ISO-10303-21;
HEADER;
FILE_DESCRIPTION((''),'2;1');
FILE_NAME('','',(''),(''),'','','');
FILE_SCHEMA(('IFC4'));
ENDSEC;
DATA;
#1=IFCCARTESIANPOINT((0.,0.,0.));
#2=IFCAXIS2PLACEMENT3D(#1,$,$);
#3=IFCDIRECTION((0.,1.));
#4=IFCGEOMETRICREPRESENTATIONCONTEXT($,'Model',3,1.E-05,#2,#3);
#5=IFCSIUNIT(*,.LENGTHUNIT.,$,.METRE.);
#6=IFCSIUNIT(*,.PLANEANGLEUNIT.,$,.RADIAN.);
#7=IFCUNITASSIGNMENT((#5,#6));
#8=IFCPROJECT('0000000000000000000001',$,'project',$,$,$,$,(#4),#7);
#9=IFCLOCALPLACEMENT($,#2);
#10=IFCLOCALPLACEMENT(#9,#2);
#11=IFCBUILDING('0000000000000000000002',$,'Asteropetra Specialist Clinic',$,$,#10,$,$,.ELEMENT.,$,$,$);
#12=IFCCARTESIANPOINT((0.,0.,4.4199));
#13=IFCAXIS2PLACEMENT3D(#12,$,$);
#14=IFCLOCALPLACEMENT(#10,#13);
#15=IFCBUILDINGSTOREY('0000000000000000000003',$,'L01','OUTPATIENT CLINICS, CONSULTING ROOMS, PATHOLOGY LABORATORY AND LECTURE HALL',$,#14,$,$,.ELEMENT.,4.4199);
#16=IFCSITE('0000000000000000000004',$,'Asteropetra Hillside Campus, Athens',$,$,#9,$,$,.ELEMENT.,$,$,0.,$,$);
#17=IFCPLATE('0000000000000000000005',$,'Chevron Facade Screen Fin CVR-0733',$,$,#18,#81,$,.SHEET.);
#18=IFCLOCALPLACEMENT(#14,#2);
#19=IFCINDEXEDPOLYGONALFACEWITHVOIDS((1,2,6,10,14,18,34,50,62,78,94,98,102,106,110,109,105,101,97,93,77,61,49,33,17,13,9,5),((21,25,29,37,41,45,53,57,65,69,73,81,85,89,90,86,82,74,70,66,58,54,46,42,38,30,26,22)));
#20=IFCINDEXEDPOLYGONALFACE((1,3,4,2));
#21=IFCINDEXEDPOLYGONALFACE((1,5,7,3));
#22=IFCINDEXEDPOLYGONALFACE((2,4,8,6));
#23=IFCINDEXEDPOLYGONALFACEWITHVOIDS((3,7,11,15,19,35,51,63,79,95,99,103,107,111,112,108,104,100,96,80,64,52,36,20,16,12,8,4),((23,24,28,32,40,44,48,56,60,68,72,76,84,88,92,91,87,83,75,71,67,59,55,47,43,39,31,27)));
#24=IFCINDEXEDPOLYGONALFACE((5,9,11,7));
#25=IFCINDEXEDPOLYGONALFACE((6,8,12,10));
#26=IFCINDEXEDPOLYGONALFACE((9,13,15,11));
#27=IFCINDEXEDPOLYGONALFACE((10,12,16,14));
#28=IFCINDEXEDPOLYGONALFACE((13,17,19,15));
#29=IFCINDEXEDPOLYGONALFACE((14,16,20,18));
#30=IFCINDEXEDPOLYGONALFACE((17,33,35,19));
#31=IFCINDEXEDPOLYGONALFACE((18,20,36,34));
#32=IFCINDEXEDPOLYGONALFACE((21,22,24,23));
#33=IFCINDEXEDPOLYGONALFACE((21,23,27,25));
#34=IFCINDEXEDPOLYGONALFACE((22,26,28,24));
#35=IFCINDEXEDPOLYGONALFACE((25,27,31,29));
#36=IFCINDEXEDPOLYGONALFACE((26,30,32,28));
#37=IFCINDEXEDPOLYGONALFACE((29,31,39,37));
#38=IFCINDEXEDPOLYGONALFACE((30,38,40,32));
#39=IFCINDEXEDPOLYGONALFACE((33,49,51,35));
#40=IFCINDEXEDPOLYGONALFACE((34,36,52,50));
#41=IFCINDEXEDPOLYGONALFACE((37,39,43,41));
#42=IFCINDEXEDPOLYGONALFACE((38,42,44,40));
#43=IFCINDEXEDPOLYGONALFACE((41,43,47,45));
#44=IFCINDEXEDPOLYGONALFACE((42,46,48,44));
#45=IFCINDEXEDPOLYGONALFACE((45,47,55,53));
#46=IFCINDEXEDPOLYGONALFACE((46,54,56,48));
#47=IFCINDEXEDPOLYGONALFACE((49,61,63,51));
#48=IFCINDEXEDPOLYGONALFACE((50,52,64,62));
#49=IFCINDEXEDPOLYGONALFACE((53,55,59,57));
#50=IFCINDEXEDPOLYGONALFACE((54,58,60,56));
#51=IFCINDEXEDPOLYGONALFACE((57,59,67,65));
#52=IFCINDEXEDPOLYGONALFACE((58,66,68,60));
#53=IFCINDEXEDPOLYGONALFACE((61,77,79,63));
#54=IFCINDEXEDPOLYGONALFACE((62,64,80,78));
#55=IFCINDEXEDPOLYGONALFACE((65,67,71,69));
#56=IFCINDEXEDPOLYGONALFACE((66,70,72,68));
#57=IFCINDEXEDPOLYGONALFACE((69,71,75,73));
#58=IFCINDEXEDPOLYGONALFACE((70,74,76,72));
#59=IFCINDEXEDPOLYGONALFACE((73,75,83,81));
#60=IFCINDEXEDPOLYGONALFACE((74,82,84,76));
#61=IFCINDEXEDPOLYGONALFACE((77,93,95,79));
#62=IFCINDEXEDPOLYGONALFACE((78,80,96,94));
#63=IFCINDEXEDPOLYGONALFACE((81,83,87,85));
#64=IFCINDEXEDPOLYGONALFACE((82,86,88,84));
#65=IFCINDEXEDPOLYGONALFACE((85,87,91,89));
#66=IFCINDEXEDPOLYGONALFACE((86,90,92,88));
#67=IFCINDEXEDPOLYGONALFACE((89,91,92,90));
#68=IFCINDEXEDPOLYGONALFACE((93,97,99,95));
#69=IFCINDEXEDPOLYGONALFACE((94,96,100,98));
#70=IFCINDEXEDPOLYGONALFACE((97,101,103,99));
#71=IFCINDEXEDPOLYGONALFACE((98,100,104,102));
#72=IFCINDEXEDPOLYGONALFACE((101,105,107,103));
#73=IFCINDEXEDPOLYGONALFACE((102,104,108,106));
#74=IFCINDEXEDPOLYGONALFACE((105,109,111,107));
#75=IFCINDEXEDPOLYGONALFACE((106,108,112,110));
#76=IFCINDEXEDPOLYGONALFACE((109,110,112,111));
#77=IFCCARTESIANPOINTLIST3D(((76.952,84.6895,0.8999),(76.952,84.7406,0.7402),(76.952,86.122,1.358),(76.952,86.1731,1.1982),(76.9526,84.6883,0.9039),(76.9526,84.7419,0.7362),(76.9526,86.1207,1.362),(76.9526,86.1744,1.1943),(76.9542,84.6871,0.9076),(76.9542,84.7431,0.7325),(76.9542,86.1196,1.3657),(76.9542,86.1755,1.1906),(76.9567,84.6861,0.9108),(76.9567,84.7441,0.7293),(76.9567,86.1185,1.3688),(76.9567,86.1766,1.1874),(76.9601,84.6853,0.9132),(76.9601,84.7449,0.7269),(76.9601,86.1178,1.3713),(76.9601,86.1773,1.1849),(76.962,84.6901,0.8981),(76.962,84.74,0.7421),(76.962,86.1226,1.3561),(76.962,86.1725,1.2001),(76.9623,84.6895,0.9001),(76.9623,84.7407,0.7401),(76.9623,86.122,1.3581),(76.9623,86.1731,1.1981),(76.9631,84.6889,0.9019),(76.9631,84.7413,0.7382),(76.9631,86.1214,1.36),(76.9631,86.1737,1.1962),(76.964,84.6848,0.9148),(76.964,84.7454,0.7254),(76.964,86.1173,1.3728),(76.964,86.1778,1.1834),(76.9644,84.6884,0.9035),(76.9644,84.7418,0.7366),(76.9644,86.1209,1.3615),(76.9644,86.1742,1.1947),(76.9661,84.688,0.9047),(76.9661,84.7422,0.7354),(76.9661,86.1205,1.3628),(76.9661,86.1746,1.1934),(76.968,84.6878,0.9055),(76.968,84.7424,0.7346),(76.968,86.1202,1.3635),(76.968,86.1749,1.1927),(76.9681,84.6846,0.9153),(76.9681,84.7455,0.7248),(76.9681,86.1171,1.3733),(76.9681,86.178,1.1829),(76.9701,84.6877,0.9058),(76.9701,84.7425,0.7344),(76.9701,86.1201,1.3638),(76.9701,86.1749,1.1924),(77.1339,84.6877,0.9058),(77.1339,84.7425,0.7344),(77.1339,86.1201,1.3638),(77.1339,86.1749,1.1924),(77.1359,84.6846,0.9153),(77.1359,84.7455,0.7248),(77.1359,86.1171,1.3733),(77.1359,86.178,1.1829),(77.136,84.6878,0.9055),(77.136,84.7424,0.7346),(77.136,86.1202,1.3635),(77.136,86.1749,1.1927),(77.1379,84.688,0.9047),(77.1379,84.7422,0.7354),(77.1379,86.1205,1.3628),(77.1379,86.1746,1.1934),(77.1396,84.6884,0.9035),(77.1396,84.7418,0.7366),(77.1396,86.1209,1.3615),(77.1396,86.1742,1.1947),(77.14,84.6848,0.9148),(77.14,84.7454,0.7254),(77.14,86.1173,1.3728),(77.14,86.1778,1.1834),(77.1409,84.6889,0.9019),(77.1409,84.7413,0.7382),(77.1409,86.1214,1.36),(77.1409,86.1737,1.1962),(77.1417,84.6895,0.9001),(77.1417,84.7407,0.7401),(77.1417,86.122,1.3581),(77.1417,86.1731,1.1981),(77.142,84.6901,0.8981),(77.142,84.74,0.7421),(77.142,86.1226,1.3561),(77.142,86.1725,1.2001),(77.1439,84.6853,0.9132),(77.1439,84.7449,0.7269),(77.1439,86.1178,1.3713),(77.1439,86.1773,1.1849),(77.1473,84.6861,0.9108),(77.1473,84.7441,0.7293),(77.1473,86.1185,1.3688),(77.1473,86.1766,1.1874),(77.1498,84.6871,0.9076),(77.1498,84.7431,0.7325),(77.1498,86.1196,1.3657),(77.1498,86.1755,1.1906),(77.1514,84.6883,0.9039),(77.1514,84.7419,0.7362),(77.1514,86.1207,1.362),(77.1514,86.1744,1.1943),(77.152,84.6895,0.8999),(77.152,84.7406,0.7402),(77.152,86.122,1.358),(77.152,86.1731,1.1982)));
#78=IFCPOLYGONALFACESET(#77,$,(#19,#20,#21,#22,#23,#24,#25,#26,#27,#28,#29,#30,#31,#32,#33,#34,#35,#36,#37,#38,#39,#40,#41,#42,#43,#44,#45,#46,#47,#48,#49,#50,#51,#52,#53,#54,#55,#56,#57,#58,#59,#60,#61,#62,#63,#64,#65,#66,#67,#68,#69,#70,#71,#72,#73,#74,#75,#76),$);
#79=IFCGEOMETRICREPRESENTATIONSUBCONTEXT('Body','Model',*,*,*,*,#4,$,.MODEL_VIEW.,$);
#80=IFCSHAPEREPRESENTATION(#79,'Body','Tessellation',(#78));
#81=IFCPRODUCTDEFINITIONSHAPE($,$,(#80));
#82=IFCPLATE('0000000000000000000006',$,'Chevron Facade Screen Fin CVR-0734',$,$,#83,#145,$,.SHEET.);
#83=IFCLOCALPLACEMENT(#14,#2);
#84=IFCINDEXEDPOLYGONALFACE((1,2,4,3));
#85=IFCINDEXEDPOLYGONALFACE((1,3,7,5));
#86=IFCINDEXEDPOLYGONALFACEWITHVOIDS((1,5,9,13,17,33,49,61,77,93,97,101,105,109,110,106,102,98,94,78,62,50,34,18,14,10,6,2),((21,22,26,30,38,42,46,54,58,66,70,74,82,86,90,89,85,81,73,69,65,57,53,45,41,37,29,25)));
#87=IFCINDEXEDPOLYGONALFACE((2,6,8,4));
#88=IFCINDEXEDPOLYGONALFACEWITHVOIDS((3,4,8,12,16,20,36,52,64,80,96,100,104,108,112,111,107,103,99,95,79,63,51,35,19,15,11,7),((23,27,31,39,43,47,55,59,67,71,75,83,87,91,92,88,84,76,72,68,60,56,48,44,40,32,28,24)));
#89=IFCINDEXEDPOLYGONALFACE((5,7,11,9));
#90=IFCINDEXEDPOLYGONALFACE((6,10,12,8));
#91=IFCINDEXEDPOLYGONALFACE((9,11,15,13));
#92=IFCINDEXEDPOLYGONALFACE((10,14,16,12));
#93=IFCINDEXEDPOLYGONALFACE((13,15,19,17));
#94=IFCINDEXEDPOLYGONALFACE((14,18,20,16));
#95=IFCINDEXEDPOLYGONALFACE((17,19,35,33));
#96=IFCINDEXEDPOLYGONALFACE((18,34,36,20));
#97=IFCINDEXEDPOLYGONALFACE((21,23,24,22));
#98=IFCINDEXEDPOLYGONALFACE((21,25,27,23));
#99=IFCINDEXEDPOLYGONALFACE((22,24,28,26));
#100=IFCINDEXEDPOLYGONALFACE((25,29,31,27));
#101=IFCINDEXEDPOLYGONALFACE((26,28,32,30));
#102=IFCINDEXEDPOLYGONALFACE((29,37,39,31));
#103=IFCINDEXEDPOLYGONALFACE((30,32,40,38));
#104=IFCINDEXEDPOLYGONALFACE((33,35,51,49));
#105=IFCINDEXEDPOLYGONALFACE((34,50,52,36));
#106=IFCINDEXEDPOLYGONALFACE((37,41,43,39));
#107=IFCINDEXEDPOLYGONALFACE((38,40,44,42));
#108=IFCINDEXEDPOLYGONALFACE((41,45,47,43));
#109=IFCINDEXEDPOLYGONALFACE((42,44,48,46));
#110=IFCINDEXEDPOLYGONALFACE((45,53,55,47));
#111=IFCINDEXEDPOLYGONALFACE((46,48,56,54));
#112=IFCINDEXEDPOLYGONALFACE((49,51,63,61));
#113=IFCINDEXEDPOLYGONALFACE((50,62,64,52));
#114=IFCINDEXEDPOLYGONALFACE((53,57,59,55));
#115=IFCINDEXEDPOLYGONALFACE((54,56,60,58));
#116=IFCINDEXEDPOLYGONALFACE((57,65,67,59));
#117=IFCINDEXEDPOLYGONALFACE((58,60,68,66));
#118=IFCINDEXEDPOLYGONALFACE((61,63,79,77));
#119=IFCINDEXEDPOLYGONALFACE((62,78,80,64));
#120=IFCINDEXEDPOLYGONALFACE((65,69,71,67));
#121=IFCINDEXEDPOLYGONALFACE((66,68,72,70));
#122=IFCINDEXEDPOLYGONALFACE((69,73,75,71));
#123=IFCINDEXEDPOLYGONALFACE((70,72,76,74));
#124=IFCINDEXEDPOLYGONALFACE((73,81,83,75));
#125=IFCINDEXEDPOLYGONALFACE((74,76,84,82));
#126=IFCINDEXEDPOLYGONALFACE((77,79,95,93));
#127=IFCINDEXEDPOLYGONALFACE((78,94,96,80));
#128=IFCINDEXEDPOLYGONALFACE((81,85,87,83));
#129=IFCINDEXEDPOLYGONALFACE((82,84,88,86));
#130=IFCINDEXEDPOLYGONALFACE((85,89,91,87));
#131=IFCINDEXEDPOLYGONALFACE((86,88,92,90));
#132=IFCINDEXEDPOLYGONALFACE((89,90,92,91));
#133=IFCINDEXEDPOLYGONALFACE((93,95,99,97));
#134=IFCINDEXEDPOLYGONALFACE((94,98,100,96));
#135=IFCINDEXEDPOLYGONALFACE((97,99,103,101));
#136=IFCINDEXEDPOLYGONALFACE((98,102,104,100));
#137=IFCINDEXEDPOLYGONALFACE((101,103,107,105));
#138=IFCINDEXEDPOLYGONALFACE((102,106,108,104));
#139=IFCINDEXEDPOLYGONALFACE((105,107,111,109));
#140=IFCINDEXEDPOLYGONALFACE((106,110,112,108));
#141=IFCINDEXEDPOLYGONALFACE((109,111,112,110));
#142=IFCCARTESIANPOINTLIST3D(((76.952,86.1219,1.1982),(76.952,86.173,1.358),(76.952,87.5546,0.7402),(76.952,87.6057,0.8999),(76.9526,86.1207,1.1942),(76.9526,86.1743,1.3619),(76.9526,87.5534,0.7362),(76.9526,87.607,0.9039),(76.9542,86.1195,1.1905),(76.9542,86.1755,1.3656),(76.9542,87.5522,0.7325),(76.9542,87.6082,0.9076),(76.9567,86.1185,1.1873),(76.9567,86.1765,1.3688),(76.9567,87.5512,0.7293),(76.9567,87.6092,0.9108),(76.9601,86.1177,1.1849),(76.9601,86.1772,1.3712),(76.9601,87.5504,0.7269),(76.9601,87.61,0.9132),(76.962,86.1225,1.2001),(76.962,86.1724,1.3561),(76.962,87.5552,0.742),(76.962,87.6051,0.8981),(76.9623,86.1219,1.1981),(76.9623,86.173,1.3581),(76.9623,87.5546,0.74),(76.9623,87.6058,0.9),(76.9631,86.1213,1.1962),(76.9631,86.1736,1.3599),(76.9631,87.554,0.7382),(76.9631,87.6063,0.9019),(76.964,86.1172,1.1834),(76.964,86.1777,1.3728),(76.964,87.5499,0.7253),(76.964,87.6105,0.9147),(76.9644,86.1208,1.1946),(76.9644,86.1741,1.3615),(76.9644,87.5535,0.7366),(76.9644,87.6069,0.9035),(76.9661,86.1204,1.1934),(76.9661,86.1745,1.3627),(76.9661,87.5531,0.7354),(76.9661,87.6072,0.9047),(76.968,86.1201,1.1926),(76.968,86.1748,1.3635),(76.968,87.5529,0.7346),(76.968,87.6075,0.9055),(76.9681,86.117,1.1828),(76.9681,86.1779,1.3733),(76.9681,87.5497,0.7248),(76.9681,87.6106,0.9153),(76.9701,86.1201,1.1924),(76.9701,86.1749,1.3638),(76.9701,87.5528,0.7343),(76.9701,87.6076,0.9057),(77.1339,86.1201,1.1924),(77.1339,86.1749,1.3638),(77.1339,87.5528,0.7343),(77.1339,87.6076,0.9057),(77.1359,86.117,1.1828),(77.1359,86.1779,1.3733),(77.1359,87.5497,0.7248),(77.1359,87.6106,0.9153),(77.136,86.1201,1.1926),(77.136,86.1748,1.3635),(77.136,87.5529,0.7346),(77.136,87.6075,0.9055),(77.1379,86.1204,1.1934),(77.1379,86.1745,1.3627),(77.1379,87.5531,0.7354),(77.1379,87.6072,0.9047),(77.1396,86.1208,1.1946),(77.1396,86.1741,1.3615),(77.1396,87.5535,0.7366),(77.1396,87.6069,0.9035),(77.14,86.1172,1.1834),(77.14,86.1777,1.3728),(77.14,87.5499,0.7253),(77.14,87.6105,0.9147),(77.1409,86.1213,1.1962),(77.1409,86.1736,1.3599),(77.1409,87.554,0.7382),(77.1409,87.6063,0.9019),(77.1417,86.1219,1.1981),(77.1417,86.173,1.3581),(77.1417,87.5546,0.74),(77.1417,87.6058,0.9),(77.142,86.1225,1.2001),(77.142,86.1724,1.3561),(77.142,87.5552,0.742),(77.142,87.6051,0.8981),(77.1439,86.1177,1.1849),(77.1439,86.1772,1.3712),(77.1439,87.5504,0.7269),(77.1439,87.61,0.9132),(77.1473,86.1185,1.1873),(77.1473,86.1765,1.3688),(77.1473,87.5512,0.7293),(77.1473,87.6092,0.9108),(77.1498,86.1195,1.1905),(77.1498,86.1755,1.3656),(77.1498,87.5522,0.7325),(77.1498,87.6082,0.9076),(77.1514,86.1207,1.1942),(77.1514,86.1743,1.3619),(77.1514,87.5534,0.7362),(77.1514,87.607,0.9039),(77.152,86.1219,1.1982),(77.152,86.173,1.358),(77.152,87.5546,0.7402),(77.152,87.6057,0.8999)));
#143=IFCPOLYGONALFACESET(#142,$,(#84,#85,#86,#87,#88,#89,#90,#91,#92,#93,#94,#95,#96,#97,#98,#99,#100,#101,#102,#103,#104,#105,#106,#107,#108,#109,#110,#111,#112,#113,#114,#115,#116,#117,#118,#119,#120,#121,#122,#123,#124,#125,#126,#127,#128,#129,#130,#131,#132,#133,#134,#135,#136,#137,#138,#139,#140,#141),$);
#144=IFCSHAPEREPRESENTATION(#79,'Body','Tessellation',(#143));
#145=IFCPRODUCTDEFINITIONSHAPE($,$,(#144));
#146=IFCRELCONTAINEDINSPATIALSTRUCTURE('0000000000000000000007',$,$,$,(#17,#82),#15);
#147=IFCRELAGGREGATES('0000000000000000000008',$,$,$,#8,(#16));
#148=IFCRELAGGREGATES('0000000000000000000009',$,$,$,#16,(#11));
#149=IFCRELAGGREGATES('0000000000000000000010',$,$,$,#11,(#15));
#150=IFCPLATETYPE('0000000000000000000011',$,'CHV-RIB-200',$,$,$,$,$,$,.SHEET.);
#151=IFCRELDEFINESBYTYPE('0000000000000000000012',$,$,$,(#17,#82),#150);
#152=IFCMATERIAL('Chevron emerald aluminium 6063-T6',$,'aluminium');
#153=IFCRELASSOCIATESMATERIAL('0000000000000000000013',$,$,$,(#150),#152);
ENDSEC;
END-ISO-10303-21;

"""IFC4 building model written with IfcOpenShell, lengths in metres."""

from ifc_helpers import new_model, si_unit, direction, frame, origin, origin_2d, place, context, subcontext, project, spatial, hollow_rectangle, extrude, material, material_profile, profile_set, type_object, element, save


model = new_model("IFC4")

# Units and contexts
model_context = context("Model", 3, precision=1e-05, world=origin(), true_north=direction((0.0, 1.0)))
body_context = subcontext(model_context, "Body", "Model", "MODEL_VIEW")
ifc_project = project(units=[si_unit("LENGTHUNIT", "METRE"), si_unit("PLANEANGLEUNIT", "RADIAN")], contexts=[model_context])

# Site, building, storey
site_placement = place(None, origin())
site = spatial("IfcSite", under=ifc_project, at=site_placement, Name="Asteropetra Hillside Campus, Athens", CompositionType="ELEMENT", RefElevation=0.0)
building_placement = place(site_placement, origin())
building = spatial("IfcBuilding", under=site, at=building_placement, Name="Asteropetra Specialist Clinic", CompositionType="ELEMENT")
storey_placement = place(building_placement, frame((0.0, 0.0, 4.4199)))
storey = spatial("IfcBuildingStorey", under=building, at=storey_placement, Name="L01", Description="OUTPATIENT CLINICS, CONSULTING ROOMS, PATHOLOGY LABORATORY AND LECTURE HALL", CompositionType="ELEMENT", Elevation=4.4199)

# Plates
ifc_material_1 = material(Name="Chevron emerald aluminium 6063-T6", Category="aluminium")
ifc_material_profile_1 = material_profile(ifc_material_1, hollow_rectangle(XDim=0.2, YDim=0.2, WallThickness=0.01, InnerFilletRadius=0.0081, OuterFilletRadius=0.0161, at=origin_2d()), Name="SHS 200x200x10.0")
ifc_profile_set_1 = profile_set([ifc_material_profile_1], Name="Chevron emerald aluminium 6063-T6")
plate_type_1 = type_object("IfcPlateType", Name="CHV-RIB-200", PredefinedType="SHEET", material=ifc_profile_set_1)
plate_1_placement = place(storey_placement, frame((77.052, 84.7151, 0.8201), z_axis=(0.0, 0.952492, 0.304564), x_axis=(-1.0, 0.0, 0.0)))
element("IfcPlate", 1, at=plate_1_placement, inside=storey, type_object=plate_type_1, Name="Chevron Facade Screen Fin CVR-0733", PredefinedType="SHEET", context=body_context, shape_type="SweptSolid", body=[
    extrude(hollow_rectangle(XDim=0.2, YDim=0.2, WallThickness=0.01, InnerFilletRadius=0.0081, OuterFilletRadius=0.0161, at=origin_2d()), origin(), (0.0, 0.0, 1.0), 1.5039),
])
plate_2_placement = place(storey_placement, frame((77.052, 86.1475, 1.2781), z_axis=(0.0, 0.952507, -0.304517), x_axis=(-1.0, 0.0, 0.0)))
element("IfcPlate", 2, at=plate_2_placement, inside=storey, type_object=plate_type_1, Name="Chevron Facade Screen Fin CVR-0734", PredefinedType="SHEET", context=body_context, shape_type="SweptSolid", body=[
    extrude(hollow_rectangle(XDim=0.2, YDim=0.2, WallThickness=0.01, InnerFilletRadius=0.0081, OuterFilletRadius=0.0161, at=origin_2d()), origin(), (0.0, 0.0, 1.0), 1.5042),
])

save(model, "model.ifc")
